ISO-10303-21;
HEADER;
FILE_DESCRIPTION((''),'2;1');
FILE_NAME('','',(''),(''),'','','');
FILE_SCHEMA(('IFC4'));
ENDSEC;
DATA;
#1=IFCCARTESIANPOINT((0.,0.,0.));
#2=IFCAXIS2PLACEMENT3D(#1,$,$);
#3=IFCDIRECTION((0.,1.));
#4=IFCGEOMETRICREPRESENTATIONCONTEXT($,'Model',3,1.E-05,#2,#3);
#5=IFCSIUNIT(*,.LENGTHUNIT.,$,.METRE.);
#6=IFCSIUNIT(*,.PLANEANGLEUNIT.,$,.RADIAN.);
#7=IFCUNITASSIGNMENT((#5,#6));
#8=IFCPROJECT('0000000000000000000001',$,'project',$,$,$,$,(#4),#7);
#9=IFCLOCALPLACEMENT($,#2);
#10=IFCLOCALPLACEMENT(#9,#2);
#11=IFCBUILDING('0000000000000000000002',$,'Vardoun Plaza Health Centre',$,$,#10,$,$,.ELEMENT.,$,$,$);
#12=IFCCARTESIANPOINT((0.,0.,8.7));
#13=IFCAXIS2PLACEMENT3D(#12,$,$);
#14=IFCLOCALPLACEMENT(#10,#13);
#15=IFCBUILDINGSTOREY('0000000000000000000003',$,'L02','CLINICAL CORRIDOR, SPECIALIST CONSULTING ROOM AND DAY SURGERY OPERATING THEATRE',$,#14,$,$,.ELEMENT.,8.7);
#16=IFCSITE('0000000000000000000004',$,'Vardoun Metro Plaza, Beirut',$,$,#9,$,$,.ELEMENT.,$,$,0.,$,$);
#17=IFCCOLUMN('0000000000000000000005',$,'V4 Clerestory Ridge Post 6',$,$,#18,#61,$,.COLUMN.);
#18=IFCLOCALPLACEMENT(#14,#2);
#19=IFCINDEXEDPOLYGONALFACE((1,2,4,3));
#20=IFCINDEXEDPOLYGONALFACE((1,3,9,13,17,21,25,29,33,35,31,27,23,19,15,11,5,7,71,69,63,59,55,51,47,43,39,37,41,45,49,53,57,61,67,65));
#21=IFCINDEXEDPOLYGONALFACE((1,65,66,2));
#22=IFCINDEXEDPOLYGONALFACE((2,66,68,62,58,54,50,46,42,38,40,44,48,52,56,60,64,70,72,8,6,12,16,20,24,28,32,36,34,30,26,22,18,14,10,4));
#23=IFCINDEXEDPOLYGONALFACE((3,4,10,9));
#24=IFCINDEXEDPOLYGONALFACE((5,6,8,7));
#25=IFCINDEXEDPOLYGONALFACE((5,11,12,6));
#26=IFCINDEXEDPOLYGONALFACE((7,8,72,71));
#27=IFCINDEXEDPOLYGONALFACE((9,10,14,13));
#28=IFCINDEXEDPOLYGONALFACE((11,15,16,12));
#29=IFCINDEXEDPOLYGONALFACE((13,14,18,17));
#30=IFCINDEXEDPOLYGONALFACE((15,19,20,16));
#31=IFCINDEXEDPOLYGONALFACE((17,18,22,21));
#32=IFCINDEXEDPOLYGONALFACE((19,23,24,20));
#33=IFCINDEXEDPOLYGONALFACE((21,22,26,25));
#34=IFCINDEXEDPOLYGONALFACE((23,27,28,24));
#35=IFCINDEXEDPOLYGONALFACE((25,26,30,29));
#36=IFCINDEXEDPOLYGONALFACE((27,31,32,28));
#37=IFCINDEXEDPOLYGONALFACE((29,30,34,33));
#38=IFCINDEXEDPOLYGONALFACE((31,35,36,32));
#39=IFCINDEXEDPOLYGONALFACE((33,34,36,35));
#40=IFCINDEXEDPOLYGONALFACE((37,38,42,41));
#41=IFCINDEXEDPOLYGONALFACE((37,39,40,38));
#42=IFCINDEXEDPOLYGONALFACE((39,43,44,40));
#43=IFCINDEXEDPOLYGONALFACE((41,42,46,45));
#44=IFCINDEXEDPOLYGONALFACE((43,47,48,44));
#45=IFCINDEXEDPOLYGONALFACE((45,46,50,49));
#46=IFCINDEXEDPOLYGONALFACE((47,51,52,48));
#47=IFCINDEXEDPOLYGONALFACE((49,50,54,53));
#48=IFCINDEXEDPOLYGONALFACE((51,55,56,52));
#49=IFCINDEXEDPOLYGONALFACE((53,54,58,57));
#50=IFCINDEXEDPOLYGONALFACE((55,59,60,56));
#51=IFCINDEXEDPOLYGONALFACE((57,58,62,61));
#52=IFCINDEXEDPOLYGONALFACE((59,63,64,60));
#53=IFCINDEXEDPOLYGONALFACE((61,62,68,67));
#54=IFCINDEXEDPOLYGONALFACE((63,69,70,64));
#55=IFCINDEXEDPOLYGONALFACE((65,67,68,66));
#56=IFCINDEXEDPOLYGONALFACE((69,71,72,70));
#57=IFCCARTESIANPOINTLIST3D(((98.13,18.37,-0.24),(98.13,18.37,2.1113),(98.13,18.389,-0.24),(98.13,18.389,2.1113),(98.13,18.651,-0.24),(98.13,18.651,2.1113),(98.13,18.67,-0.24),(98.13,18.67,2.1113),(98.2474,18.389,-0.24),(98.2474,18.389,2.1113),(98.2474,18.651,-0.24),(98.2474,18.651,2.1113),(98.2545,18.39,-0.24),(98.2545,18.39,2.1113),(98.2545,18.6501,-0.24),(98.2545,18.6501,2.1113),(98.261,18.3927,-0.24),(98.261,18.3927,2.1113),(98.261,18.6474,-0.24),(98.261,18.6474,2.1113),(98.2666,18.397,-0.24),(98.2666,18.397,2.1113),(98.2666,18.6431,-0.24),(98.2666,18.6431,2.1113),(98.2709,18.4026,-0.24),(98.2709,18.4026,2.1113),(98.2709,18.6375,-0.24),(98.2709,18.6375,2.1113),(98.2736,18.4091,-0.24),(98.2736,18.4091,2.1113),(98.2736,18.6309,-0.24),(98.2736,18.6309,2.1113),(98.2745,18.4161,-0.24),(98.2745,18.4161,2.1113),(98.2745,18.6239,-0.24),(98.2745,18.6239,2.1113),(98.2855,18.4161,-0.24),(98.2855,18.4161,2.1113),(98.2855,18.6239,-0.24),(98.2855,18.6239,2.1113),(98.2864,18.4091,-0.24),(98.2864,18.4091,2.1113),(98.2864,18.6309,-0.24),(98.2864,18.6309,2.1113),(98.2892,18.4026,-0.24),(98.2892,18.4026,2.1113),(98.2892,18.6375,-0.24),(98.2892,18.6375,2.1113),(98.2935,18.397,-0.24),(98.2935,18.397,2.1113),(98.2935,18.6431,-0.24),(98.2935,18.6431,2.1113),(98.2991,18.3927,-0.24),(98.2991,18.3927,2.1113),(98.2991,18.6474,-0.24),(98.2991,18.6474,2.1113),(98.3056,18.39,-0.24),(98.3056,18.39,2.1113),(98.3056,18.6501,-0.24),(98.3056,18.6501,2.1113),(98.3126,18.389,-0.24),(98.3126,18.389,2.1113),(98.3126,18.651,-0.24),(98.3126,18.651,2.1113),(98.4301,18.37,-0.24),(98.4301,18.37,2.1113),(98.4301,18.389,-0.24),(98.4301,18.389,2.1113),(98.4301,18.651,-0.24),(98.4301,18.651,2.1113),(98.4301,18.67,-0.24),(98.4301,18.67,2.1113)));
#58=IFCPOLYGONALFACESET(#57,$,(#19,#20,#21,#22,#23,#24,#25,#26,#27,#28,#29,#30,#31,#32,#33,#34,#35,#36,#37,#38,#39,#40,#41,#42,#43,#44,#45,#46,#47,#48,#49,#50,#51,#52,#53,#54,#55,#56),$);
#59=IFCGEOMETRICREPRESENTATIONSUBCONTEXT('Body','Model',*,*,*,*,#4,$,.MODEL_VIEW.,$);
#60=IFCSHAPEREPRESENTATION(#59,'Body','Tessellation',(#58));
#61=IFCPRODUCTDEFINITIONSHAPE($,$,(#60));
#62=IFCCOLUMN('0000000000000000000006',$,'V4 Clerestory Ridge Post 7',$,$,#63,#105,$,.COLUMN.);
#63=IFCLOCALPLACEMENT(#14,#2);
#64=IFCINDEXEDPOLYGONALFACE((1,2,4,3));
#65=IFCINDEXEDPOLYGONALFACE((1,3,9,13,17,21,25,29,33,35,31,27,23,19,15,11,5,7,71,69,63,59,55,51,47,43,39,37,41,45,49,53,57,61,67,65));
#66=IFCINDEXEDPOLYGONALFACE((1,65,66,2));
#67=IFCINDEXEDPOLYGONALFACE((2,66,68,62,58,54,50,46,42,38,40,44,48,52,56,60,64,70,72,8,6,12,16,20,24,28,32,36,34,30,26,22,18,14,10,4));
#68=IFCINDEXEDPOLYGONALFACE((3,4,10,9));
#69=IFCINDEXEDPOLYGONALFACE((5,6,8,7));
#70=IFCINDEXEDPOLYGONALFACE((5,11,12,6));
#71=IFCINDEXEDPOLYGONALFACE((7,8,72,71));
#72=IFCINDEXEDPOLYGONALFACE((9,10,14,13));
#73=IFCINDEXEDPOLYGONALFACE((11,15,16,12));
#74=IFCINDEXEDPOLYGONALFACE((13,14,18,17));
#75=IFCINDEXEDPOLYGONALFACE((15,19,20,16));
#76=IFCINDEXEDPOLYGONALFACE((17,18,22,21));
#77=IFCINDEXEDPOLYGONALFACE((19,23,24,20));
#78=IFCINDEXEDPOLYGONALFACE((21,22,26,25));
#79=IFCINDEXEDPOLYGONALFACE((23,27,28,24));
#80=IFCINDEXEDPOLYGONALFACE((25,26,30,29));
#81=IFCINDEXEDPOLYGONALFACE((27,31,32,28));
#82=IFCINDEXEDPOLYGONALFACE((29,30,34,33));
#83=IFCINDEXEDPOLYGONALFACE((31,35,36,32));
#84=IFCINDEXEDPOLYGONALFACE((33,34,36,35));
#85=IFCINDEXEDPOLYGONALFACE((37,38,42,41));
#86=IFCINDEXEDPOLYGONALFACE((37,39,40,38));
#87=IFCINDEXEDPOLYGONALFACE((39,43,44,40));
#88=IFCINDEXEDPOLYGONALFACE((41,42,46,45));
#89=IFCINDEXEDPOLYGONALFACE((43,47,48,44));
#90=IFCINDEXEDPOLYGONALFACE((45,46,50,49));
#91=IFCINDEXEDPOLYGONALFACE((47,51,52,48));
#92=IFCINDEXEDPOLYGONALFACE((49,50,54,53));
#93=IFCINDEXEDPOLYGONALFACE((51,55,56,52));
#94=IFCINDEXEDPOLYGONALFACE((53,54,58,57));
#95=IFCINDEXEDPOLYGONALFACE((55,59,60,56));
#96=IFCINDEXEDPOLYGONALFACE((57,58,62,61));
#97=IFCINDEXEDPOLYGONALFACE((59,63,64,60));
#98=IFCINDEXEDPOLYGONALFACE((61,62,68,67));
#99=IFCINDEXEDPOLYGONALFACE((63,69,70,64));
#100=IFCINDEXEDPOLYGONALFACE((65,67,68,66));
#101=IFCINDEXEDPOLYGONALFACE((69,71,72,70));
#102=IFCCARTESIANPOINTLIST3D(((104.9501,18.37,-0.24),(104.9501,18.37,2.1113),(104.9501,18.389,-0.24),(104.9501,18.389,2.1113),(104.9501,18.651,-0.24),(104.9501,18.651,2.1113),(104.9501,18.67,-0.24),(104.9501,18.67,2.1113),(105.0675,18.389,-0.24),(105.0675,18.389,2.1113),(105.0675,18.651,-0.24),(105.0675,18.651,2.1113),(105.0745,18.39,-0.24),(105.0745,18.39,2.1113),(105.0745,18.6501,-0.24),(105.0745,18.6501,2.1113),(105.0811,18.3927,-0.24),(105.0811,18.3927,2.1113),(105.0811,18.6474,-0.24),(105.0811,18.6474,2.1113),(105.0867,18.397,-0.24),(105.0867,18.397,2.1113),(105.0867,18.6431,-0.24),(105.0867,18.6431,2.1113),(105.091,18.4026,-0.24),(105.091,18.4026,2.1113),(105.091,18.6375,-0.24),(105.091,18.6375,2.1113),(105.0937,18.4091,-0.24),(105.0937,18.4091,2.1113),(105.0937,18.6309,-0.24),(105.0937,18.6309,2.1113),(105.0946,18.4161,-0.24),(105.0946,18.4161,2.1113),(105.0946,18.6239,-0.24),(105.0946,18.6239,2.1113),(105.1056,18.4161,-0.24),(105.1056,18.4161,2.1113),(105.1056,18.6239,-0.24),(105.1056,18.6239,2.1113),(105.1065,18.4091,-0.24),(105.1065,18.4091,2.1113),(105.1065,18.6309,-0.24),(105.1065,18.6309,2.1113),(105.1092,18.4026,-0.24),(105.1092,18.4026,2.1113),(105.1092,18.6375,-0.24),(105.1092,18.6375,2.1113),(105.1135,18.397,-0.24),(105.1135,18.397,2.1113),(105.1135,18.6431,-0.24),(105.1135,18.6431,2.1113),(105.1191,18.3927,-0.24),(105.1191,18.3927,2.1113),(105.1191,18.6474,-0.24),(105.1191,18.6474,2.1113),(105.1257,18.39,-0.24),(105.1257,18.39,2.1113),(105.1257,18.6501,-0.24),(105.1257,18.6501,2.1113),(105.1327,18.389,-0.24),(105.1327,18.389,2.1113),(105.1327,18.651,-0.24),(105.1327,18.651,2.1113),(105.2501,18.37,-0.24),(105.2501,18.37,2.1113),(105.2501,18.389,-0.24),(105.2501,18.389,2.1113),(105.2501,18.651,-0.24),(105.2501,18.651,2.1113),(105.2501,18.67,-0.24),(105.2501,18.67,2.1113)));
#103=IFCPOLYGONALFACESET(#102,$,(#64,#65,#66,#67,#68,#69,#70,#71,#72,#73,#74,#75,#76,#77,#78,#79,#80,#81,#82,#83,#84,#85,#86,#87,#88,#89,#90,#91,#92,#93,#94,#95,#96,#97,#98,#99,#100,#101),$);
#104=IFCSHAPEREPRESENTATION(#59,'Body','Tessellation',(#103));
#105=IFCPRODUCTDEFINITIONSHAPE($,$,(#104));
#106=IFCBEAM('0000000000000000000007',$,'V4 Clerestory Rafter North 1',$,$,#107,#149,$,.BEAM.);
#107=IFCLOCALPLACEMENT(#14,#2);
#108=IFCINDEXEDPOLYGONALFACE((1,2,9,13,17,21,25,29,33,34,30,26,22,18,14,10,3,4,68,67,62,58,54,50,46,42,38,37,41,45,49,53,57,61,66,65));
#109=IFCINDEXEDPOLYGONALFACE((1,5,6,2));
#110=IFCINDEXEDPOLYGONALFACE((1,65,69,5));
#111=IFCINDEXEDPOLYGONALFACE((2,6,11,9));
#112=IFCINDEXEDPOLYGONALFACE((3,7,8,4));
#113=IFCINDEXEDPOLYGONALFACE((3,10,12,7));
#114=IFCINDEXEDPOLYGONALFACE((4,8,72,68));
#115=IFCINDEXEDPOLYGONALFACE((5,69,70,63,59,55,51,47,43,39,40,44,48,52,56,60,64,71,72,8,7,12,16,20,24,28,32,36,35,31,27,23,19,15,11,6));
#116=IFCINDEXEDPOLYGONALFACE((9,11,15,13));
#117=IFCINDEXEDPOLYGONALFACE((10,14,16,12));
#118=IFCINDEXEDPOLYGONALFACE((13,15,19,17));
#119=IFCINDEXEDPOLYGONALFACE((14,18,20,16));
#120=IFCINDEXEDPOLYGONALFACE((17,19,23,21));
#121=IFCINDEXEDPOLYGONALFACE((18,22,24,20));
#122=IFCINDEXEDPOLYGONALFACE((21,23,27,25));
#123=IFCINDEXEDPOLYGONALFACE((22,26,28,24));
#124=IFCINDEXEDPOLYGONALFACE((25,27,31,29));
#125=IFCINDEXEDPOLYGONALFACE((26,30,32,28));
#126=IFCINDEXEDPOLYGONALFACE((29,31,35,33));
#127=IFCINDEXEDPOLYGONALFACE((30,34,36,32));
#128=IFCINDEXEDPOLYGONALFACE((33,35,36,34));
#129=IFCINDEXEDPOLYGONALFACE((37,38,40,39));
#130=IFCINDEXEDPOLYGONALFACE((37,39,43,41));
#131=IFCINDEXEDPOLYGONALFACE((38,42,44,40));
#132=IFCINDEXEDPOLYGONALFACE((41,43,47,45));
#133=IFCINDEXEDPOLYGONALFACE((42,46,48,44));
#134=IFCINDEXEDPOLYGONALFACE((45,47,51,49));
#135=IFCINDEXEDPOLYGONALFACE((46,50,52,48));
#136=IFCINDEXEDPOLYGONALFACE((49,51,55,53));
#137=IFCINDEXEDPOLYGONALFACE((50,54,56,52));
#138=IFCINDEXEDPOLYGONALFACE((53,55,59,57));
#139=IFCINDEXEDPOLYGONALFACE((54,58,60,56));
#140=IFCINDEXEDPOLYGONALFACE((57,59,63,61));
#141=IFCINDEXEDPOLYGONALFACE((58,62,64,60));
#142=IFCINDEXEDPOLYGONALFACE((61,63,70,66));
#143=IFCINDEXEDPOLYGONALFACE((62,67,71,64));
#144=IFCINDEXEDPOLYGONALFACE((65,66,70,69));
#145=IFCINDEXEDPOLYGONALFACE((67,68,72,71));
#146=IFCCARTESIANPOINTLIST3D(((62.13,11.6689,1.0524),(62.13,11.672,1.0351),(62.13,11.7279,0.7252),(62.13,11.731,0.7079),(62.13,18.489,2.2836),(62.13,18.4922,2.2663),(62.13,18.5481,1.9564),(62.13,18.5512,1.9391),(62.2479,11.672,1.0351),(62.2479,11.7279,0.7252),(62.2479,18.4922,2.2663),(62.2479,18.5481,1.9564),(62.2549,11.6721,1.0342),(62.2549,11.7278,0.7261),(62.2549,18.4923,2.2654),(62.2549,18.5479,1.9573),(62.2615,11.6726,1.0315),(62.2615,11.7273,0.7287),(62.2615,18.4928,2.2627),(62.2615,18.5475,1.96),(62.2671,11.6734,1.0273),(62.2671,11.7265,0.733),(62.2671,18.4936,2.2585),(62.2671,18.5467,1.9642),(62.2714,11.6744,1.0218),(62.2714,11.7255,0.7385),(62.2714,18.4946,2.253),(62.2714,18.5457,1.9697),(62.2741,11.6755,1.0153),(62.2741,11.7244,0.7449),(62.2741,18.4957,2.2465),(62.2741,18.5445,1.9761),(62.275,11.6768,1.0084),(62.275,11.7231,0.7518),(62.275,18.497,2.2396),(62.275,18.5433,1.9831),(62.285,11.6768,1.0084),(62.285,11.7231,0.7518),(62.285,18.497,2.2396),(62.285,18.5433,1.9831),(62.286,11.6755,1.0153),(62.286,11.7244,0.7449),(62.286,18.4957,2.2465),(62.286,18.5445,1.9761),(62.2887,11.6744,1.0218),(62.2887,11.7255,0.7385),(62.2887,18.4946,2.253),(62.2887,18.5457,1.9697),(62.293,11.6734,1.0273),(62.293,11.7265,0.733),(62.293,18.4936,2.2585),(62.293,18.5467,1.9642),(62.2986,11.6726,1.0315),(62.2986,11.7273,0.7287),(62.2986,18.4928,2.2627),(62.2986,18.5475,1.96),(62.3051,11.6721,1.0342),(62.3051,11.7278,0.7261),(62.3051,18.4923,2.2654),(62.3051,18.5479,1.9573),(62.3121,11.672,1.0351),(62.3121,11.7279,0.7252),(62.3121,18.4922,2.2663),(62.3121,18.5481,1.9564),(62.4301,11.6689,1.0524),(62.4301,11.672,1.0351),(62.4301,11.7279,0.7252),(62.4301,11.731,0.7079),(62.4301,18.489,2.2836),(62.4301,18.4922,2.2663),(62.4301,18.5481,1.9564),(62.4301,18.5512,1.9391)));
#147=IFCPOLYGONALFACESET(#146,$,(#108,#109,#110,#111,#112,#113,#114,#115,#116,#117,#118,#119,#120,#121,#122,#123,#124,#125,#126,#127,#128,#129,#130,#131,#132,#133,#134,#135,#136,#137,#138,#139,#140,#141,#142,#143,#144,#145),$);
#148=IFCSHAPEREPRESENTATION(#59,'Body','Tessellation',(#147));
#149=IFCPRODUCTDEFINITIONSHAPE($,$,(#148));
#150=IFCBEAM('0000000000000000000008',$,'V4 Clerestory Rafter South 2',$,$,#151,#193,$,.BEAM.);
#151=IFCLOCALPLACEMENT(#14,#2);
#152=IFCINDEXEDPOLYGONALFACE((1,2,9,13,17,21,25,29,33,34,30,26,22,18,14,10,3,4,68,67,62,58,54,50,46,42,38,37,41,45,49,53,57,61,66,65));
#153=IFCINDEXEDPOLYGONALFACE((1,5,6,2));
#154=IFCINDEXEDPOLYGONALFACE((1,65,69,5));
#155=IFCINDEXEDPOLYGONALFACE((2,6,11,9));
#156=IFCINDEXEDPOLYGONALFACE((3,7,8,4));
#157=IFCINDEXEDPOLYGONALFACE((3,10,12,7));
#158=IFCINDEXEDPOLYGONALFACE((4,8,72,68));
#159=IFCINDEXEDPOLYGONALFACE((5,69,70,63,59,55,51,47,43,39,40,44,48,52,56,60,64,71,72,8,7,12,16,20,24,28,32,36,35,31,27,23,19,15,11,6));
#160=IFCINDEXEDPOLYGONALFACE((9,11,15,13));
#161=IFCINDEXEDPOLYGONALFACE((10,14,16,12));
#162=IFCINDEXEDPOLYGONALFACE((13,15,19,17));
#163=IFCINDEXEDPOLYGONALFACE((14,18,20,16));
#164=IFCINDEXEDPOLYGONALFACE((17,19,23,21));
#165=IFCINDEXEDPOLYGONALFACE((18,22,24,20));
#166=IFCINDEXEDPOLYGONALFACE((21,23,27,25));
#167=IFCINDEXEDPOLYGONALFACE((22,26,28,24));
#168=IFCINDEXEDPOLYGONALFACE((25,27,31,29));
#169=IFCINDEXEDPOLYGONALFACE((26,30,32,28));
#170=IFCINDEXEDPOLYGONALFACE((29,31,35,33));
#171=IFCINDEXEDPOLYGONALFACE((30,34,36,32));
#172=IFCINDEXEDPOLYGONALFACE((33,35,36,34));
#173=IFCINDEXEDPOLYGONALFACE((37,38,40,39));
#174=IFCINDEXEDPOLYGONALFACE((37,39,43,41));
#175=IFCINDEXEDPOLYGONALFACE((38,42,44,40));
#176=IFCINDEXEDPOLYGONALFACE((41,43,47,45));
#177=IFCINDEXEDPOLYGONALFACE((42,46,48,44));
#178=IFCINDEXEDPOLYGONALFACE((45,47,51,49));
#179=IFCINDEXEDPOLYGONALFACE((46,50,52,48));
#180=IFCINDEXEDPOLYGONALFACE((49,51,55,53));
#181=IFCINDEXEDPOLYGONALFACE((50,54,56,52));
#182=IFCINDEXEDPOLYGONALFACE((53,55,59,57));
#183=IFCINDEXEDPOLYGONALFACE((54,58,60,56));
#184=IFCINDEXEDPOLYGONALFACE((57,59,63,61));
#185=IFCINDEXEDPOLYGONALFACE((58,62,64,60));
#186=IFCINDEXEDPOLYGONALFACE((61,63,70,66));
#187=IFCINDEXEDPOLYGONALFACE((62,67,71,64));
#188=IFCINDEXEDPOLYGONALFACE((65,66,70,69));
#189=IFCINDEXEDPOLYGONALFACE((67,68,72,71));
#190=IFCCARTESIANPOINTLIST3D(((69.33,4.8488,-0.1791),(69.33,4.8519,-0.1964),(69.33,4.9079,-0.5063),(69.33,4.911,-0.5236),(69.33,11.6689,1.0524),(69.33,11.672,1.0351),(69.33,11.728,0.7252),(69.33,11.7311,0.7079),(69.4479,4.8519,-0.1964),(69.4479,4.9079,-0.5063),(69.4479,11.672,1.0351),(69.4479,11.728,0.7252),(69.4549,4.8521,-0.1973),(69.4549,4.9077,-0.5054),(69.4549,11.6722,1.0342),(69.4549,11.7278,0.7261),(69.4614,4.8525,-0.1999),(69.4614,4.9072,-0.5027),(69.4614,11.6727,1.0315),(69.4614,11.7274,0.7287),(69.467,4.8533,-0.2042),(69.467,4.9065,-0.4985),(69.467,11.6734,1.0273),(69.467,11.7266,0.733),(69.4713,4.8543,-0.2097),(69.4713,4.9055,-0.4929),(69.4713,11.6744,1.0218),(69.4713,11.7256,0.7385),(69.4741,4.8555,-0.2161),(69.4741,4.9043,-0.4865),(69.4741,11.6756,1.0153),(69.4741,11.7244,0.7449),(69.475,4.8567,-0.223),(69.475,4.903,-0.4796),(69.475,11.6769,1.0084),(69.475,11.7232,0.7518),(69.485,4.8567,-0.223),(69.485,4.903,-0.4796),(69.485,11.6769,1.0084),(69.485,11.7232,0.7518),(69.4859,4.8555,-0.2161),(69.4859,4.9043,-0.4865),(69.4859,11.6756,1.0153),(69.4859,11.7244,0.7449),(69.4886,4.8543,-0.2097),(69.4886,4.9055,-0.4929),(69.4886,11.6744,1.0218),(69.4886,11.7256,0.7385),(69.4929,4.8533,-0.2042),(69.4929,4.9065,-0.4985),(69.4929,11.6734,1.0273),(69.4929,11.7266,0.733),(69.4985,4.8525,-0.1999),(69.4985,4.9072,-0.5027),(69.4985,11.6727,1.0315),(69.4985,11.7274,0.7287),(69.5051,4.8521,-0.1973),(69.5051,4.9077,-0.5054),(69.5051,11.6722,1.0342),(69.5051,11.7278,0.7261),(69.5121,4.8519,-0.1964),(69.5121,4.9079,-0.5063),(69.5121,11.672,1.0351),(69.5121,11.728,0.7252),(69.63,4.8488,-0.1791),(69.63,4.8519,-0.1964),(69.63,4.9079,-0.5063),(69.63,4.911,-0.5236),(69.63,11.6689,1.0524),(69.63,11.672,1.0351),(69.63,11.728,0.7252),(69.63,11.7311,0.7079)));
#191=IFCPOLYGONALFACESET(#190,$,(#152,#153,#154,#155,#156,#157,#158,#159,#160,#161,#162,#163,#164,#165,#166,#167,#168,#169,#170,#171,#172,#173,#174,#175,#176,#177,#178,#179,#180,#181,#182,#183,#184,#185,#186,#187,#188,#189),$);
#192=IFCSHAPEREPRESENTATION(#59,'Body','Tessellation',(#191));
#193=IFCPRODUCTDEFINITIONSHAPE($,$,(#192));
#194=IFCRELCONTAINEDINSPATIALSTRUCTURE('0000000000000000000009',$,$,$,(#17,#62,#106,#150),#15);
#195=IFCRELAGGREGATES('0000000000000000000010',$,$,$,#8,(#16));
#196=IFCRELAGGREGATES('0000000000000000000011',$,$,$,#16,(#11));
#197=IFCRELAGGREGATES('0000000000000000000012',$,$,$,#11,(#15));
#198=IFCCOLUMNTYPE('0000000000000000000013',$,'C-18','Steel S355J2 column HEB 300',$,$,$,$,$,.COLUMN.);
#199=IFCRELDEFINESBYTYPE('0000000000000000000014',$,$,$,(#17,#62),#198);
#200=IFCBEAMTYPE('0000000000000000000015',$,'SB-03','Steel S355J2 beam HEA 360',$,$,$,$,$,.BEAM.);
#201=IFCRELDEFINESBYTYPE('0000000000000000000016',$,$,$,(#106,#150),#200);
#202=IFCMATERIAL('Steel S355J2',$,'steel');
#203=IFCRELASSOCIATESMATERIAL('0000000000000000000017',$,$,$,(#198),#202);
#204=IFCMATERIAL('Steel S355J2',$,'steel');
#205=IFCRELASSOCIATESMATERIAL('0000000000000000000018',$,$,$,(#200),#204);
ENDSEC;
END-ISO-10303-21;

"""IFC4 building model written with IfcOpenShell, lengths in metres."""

from ifc_helpers import new_model, si_unit, direction, frame, origin, origin_2d, place, context, subcontext, project, spatial, i_section, extrude, material, material_profile, profile_set, type_object, element, save


model = new_model("IFC4")

# Units and contexts
model_context = context("Model", 3, precision=1e-05, world=origin(), true_north=direction((0.0, 1.0)))
body_context = subcontext(model_context, "Body", "Model", "MODEL_VIEW")
ifc_project = project(units=[si_unit("LENGTHUNIT", "METRE"), si_unit("PLANEANGLEUNIT", "RADIAN")], contexts=[model_context])

# Site, building, storey
site_placement = place(None, origin())
site = spatial("IfcSite", under=ifc_project, at=site_placement, Name="Vardoun Metro Plaza, Beirut", CompositionType="ELEMENT", RefElevation=0.0)
building_placement = place(site_placement, origin())
building = spatial("IfcBuilding", under=site, at=building_placement, Name="Vardoun Plaza Health Centre", CompositionType="ELEMENT")
storey_placement = place(building_placement, frame((0.0, 0.0, 8.7)))
storey = spatial("IfcBuildingStorey", under=building, at=storey_placement, Name="L02", Description="CLINICAL CORRIDOR, SPECIALIST CONSULTING ROOM AND DAY SURGERY OPERATING THEATRE", CompositionType="ELEMENT", Elevation=8.7)

# Columns
ifc_material_1 = material(Name="Steel S355J2", Category="steel")
ifc_material_profile_1 = material_profile(ifc_material_1, i_section(OverallWidth=0.3, OverallDepth=0.3, WebThickness=0.011, FlangeThickness=0.019, FilletRadius=0.0271, at=origin_2d()), Name="HEB 300")
ifc_profile_set_1 = profile_set([ifc_material_profile_1], Name="Steel S355J2")
column_type_1 = type_object("IfcColumnType", Name="C-18", Description="Steel S355J2 column HEB 300", PredefinedType="COLUMN", material=ifc_profile_set_1)
for number, where, z_axis, x_axis, name in (
    (1, (98.28, 18.52, -0.24), (0.0, 0.0, 1.0), (1.0, 0.0, 0.0), "V4 Clerestory Ridge Post 6"),
    (2, (105.1001, 18.52, -0.24), (0.0, 0.0, 1.0), (1.0, 0.0, 0.0), "V4 Clerestory Ridge Post 7"),
):
    element("IfcColumn", number, at=place(storey_placement, frame(where, z_axis=z_axis, x_axis=x_axis)), inside=storey, type_object=column_type_1, Name=name, PredefinedType="COLUMN", context=body_context, shape_type="SweptSolid", body=[
        extrude(i_section(OverallWidth=0.3, OverallDepth=0.3, WebThickness=0.011, FlangeThickness=0.019, FilletRadius=0.0271, at=origin_2d()), origin(), (0.0, 0.0, 1.0), 2.3513),
    ])

# Beams
ifc_material_2 = material(Name="Steel S355J2", Category="steel")
ifc_material_profile_2 = material_profile(ifc_material_2, i_section(OverallWidth=0.3, OverallDepth=0.3501, WebThickness=0.01, FlangeThickness=0.0176, FilletRadius=0.0271, at=origin_2d()), Name="HEA 360")
ifc_profile_set_2 = profile_set([ifc_material_profile_2], Name="Steel S355J2")
beam_type = type_object("IfcBeamType", Name="SB-03", Description="Steel S355J2 beam HEA 360", PredefinedType="BEAM", material=ifc_profile_set_2)
for number, where, z_axis, x_axis, name in (
    (3, (62.28, 11.7, 0.8801), (0.0, 0.984093, 0.177655), (-1.0, 0.0, 0.0), "V4 Clerestory Rafter North 1"),
    (4, (69.48, 4.8799, -0.3513), (0.0, 0.984087, 0.177689), (-1.0, 0.0, 0.0), "V4 Clerestory Rafter South 2"),
):
    element("IfcBeam", number, at=place(storey_placement, frame(where, z_axis=z_axis, x_axis=x_axis)), inside=storey, type_object=beam_type, Name=name, PredefinedType="BEAM", context=body_context, shape_type="SweptSolid", body=[
        extrude(i_section(OverallWidth=0.3, OverallDepth=0.3501, WebThickness=0.01, FlangeThickness=0.0176, FilletRadius=0.0271, at=origin_2d()), origin(), (0.0, 0.0, 1.0), 6.9304),
    ])

save(model, "model.ifc")
